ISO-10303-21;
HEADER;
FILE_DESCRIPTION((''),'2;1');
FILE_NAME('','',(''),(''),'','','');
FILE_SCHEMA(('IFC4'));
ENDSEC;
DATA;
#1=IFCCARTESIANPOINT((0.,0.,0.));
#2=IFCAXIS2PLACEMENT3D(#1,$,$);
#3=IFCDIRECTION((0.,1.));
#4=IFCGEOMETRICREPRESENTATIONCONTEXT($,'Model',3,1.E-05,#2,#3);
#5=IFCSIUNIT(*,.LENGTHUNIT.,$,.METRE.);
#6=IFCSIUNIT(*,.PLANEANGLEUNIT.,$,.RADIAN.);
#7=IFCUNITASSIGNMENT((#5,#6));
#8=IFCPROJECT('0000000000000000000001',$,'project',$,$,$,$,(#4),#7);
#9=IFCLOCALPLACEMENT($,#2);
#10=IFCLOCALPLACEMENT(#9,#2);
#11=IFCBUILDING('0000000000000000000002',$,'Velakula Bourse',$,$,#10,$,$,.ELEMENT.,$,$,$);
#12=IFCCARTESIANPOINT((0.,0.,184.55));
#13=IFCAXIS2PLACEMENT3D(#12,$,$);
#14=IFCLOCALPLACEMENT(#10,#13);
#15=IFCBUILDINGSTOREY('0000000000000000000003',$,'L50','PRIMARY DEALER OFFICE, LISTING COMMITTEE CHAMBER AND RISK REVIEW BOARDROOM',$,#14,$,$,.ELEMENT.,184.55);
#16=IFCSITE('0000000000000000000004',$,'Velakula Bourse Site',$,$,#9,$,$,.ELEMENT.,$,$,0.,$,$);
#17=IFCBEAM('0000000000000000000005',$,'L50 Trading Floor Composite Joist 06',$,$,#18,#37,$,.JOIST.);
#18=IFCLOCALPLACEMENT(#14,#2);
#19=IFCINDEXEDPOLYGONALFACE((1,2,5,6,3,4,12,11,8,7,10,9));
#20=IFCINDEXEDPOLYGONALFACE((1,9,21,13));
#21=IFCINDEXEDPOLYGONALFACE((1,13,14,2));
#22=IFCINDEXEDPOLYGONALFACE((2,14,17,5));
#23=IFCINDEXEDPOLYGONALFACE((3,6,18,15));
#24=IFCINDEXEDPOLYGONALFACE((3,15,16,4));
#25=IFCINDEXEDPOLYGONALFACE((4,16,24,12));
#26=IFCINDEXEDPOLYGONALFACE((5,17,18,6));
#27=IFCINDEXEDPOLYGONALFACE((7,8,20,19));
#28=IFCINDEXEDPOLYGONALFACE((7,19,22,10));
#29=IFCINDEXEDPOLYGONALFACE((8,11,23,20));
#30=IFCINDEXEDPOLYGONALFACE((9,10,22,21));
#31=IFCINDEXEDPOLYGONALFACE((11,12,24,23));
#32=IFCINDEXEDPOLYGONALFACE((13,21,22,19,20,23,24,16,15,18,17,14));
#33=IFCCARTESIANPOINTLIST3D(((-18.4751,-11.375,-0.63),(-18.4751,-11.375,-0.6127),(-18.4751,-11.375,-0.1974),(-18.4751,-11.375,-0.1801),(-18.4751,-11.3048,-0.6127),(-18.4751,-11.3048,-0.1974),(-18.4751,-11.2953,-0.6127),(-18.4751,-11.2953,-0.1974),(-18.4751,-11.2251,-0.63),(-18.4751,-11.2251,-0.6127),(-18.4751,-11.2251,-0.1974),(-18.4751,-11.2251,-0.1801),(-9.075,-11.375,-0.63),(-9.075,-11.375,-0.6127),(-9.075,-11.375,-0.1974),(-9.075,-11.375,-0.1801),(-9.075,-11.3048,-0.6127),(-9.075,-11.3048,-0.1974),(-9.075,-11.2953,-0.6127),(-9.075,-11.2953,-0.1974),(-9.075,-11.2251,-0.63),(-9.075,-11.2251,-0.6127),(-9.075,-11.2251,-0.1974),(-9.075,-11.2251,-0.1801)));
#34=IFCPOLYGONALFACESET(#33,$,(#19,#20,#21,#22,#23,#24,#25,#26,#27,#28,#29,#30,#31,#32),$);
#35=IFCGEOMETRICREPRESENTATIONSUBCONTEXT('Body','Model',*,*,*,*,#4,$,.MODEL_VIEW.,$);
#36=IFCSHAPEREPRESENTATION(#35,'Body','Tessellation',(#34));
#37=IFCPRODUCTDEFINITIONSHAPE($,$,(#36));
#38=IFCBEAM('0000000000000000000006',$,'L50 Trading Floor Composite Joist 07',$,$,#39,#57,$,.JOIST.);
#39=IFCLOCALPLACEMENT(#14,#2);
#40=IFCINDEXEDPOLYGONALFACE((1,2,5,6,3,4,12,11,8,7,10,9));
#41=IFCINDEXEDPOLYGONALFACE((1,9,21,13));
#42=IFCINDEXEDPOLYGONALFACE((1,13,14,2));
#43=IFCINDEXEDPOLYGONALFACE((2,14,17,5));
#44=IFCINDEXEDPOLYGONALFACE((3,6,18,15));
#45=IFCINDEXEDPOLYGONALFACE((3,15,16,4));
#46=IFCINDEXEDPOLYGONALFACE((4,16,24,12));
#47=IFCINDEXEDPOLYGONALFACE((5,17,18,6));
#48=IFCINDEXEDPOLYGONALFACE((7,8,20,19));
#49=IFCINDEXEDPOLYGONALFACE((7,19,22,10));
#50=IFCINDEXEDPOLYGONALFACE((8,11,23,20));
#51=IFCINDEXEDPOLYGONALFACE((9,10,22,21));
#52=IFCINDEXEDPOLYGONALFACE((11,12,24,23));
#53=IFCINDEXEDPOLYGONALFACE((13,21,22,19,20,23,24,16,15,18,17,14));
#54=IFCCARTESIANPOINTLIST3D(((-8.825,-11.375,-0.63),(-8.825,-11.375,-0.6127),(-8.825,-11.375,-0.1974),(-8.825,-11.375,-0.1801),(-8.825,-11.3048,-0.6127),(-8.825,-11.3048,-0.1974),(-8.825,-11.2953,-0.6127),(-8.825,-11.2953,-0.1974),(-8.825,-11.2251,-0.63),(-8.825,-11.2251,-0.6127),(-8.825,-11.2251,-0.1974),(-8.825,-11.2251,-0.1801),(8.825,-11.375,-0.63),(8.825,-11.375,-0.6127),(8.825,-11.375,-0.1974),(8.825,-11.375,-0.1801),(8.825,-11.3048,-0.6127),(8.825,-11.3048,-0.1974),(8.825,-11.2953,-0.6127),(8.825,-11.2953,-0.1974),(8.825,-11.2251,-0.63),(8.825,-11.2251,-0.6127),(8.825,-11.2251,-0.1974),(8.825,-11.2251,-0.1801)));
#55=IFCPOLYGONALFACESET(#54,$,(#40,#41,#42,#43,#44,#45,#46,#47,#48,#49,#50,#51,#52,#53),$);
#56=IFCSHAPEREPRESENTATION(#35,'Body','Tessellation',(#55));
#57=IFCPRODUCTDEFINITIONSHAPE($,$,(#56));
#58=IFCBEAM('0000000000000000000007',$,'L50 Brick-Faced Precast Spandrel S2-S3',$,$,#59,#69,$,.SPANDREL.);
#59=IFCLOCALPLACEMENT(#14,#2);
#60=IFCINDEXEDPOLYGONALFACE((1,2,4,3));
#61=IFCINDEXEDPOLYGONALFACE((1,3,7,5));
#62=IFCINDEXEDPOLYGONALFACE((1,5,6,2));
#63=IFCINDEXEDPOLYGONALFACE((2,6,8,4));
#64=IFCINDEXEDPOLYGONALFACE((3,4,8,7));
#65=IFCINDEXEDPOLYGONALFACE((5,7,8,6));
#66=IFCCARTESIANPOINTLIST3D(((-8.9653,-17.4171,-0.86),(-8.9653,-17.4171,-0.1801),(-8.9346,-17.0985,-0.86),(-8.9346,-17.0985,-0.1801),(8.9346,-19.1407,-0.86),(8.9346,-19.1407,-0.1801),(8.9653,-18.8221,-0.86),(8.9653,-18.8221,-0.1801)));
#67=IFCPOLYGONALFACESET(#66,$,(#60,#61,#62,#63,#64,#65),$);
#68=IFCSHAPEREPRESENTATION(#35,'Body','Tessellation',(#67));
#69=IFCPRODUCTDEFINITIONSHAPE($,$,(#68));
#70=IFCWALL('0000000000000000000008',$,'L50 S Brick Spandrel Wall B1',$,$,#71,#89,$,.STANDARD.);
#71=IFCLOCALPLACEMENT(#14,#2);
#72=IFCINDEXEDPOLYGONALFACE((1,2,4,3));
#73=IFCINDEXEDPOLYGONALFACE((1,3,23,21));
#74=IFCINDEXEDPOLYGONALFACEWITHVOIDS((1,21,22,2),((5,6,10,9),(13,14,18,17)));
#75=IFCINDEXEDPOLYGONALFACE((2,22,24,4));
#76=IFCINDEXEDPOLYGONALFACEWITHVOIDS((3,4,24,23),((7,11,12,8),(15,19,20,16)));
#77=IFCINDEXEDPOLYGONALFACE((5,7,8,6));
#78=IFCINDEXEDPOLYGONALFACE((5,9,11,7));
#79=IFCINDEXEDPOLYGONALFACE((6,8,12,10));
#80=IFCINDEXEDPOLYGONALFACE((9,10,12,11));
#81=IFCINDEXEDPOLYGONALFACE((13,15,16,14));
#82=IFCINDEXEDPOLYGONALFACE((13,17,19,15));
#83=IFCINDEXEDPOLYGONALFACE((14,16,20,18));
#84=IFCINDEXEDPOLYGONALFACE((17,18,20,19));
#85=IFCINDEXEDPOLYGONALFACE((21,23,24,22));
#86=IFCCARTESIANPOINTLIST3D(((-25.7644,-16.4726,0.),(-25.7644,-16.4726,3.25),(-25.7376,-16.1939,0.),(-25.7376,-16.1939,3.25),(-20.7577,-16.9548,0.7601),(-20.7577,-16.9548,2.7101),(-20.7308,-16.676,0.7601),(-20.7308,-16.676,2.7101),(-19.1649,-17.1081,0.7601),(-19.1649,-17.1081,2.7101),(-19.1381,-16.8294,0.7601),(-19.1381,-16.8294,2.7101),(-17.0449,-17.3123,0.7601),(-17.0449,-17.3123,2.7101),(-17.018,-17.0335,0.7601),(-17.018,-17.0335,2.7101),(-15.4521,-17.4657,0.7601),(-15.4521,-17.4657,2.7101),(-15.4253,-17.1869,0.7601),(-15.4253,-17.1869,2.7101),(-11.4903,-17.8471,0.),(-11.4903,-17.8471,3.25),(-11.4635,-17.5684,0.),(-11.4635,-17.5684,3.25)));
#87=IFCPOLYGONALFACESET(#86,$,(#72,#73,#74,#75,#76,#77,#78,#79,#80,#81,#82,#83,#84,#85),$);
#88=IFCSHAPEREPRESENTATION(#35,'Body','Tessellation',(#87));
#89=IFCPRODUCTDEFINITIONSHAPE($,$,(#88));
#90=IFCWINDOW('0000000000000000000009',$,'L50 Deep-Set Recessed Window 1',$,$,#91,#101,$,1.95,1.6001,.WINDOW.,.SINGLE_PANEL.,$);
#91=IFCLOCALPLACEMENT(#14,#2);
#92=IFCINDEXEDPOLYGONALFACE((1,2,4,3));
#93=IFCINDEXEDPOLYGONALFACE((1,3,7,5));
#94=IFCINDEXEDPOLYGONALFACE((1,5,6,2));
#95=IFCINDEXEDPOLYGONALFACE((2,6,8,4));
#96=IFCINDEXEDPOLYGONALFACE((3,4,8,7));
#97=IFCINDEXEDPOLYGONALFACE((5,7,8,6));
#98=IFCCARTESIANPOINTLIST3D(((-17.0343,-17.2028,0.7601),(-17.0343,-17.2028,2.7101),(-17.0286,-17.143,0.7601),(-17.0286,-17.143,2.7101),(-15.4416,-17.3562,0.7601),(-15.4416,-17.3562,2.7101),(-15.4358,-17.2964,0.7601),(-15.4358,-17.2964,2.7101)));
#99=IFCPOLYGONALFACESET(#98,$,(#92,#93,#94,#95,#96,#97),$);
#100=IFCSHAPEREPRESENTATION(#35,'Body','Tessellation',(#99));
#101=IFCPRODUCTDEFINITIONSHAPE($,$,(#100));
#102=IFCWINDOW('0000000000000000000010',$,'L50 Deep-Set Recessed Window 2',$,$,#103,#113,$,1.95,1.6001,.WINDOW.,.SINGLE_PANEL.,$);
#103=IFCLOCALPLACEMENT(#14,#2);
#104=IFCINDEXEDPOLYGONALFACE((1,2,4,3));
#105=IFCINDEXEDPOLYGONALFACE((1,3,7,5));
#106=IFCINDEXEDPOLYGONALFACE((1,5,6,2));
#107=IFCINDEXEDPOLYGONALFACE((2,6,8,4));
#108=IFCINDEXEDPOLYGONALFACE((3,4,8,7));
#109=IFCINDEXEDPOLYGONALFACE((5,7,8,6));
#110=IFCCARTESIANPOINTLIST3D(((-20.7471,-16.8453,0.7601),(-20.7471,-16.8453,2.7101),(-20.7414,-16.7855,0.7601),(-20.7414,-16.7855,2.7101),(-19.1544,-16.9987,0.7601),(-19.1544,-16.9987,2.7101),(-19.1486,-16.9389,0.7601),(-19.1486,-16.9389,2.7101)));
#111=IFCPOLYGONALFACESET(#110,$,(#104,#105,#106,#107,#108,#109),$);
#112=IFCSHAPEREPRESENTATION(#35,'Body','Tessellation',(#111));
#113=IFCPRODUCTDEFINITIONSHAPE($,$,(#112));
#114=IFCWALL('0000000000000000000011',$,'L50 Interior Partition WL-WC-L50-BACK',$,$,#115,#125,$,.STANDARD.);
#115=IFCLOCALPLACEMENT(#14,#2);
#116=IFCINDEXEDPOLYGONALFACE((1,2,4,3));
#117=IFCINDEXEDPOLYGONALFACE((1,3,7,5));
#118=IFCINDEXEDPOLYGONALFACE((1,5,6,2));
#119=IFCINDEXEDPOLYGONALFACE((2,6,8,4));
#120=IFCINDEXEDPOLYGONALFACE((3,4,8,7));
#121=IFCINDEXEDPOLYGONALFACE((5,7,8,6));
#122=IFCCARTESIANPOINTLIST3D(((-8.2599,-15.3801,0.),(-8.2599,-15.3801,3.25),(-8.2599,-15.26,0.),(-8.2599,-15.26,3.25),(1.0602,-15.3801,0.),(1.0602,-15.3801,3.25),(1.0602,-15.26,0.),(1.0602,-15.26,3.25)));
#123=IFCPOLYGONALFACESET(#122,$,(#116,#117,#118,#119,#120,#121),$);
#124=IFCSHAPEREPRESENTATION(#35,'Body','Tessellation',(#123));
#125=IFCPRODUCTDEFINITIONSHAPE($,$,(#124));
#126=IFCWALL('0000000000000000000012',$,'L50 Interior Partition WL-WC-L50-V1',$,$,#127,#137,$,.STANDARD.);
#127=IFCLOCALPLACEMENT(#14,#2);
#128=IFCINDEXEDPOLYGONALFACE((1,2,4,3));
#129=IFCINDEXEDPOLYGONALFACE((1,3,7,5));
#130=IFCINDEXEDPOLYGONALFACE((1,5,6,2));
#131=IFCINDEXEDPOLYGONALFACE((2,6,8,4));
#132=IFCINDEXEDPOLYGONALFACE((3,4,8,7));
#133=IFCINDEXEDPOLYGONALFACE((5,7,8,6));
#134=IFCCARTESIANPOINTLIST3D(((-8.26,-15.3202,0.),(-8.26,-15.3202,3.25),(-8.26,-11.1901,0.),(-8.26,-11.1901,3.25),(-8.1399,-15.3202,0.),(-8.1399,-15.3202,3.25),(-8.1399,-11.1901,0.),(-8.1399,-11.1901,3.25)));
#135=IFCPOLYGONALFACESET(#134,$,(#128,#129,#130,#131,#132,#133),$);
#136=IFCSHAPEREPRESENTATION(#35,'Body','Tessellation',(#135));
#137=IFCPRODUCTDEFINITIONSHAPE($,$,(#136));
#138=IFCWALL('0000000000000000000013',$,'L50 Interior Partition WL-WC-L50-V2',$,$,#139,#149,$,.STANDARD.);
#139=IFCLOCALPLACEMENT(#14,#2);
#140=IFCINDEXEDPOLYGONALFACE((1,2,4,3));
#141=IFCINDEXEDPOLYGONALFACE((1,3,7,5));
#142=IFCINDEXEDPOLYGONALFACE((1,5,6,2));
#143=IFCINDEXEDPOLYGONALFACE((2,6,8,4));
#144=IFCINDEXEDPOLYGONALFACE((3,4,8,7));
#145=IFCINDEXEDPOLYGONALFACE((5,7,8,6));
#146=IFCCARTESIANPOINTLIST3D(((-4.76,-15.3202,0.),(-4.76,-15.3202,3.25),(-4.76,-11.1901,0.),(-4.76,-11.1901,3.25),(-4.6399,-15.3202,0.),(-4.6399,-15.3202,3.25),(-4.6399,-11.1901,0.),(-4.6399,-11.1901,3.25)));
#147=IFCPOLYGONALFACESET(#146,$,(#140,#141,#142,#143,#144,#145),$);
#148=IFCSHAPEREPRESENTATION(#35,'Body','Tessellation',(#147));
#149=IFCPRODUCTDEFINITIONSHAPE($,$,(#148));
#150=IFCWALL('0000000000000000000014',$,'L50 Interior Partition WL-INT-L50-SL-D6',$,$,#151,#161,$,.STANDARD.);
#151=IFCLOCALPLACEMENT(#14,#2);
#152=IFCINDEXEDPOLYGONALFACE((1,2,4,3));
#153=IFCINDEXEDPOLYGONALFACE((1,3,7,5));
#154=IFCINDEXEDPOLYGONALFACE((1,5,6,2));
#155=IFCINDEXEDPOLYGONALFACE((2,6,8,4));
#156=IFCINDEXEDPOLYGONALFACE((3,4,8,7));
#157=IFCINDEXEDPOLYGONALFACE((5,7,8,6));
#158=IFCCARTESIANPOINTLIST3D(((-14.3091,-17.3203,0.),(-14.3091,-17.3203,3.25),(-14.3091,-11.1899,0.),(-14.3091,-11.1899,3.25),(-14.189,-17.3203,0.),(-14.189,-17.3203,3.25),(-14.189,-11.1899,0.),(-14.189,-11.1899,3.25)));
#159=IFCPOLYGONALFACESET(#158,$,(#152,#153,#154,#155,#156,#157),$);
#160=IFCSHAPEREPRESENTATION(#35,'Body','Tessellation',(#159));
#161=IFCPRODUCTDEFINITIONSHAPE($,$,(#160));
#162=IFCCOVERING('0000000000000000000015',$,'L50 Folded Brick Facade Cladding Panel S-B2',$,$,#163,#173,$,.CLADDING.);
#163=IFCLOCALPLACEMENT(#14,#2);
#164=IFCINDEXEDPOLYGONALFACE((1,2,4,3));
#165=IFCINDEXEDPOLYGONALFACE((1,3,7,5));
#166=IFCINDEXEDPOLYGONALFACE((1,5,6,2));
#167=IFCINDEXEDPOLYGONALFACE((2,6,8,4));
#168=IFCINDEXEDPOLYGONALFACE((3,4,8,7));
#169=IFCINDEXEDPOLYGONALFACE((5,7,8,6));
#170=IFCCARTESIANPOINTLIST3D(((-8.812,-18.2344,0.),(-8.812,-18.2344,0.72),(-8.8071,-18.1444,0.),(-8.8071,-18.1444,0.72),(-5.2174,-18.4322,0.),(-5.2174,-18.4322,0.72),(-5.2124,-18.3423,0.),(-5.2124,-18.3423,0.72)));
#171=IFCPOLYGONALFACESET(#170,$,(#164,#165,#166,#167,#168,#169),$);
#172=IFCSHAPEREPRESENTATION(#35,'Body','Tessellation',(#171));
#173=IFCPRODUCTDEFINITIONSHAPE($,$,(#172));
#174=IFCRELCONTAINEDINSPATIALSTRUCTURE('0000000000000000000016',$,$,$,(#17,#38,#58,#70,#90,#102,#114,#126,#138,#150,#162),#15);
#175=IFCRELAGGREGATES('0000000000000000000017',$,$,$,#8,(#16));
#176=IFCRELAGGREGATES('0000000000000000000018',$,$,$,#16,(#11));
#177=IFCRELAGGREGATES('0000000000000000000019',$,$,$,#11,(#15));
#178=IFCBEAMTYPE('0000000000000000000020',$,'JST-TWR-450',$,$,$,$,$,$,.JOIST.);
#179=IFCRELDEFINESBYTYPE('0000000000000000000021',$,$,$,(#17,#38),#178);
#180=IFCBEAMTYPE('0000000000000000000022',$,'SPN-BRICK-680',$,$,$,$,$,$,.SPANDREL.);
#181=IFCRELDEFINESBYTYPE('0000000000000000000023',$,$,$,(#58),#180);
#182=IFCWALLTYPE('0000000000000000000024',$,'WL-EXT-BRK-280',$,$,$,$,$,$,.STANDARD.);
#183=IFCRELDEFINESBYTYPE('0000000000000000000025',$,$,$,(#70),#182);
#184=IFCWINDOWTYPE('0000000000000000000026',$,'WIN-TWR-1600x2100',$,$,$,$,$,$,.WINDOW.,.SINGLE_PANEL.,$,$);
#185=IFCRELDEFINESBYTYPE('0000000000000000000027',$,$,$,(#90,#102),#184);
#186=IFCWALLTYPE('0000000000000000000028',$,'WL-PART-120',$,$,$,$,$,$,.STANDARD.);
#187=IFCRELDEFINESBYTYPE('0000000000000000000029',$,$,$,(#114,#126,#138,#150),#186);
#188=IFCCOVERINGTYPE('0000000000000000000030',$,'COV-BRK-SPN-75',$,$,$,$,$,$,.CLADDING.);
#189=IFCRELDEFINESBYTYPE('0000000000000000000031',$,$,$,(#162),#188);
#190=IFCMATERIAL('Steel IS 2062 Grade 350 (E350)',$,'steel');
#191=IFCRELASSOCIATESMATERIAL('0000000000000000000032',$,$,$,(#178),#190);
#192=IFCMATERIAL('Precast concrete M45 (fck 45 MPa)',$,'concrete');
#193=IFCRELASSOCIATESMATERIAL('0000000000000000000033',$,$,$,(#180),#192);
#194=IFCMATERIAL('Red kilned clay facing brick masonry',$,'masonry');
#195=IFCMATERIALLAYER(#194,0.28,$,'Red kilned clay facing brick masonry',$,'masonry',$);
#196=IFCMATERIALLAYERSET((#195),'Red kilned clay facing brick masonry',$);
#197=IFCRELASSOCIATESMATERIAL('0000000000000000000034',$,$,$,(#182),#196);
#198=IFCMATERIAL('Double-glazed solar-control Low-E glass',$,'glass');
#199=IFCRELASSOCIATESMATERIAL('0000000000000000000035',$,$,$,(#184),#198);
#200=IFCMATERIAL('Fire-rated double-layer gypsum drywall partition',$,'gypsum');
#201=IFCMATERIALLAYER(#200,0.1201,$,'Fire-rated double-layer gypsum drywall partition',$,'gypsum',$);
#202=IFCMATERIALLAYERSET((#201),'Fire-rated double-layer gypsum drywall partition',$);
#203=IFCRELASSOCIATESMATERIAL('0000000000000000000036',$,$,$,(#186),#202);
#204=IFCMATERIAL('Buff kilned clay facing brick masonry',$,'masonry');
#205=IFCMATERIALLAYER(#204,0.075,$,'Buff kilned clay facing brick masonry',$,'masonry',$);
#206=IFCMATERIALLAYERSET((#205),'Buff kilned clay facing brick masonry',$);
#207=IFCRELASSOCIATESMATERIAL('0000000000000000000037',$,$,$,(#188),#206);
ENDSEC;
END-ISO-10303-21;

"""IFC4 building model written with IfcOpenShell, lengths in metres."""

from ifc_helpers import new_model, si_unit, direction, frame, frame_2d, origin, origin_2d, place, context, subcontext, project, spatial, rectangle, i_section, extrude, material, layer, layer_set, material_profile, profile_set, type_object, element, fill, save


model = new_model("IFC4")

# Units and contexts
model_context = context("Model", 3, precision=1e-05, world=origin(), true_north=direction((0.0, 1.0)))
body_context = subcontext(model_context, "Body", "Model", "MODEL_VIEW")
ifc_project = project(units=[si_unit("LENGTHUNIT", "METRE"), si_unit("PLANEANGLEUNIT", "RADIAN")], contexts=[model_context])

# Site, building, storey
site_placement = place(None, origin())
site = spatial("IfcSite", under=ifc_project, at=site_placement, Name="Velakula Bourse Site", CompositionType="ELEMENT", RefElevation=0.0)
building_placement = place(site_placement, origin())
building = spatial("IfcBuilding", under=site, at=building_placement, Name="Velakula Bourse", CompositionType="ELEMENT")
storey_placement = place(building_placement, frame((0.0, 0.0, 184.55)))
storey = spatial("IfcBuildingStorey", under=building, at=storey_placement, Name="L50", Description="PRIMARY DEALER OFFICE, LISTING COMMITTEE CHAMBER AND RISK REVIEW BOARDROOM", CompositionType="ELEMENT", Elevation=184.55)

# Shared definitions
ifc_material_1 = material(Name="Steel IS 2062 Grade 350 (E350)", Category="steel")

# Beams
ifc_material_profile_1 = material_profile(ifc_material_1, i_section(OverallWidth=0.1499, OverallDepth=0.45, WebThickness=0.0095, FlangeThickness=0.0173, at=origin_2d()), Name="Steel IS 2062 Grade 350 (E350)")
ifc_profile_set_1 = profile_set([ifc_material_profile_1], Name="Steel IS 2062 Grade 350 (E350)")
beam_type_1 = type_object("IfcBeamType", Name="JST-TWR-450", PredefinedType="JOIST", material=ifc_profile_set_1)
beam_1_placement = place(storey_placement, frame((-18.4751, -11.3, -0.405), z_axis=(1.0, 0.0, 0.0), x_axis=(0.0, 1.0, 0.0)))
element("IfcBeam", 1, at=beam_1_placement, inside=storey, type_object=beam_type_1, Name="L50 Trading Floor Composite Joist 06", PredefinedType="JOIST", context=body_context, shape_type="SweptSolid", body=[
    extrude(i_section(OverallWidth=0.1499, OverallDepth=0.45, WebThickness=0.0095, FlangeThickness=0.0173, at=origin_2d()), origin(), (0.0, 0.0, 1.0), 9.4001),
])
beam_2_placement = place(storey_placement, frame((-8.825, -11.3, -0.405), z_axis=(1.0, 0.0, 0.0), x_axis=(0.0, 1.0, 0.0)))
element("IfcBeam", 2, at=beam_2_placement, inside=storey, type_object=beam_type_1, Name="L50 Trading Floor Composite Joist 07", PredefinedType="JOIST", context=body_context, shape_type="SweptSolid", body=[
    extrude(i_section(OverallWidth=0.1499, OverallDepth=0.45, WebThickness=0.0095, FlangeThickness=0.0173, at=origin_2d()), origin(), (0.0, 0.0, 1.0), 17.6499),
])
ifc_material_2 = material(Name="Precast concrete M45 (fck 45 MPa)", Category="concrete")
ifc_material_profile_2 = material_profile(ifc_material_2, rectangle(XDim=0.3201, YDim=0.6799, at=origin_2d()), Name="Precast concrete M45 (fck 45 MPa)")
ifc_profile_set_2 = profile_set([ifc_material_profile_2], Name="Precast concrete M45 (fck 45 MPa)")
beam_type_2 = type_object("IfcBeamType", Name="SPN-BRICK-680", PredefinedType="SPANDREL", material=ifc_profile_set_2)
beam_3_placement = place(storey_placement, frame((-8.95, -17.2578, -0.52), z_axis=(0.995396, -0.09585, 0.0), x_axis=(0.09585, 0.995396, 0.0)))
element("IfcBeam", 3, at=beam_3_placement, inside=storey, type_object=beam_type_2, Name="L50 Brick-Faced Precast Spandrel S2-S3", PredefinedType="SPANDREL", context=body_context, shape_type="SweptSolid", body=[
    extrude(rectangle(XDim=0.3201, YDim=0.6799, at=origin_2d()), origin(), (0.0, 0.0, 1.0), 17.9827),
])

# Wall, openings, windows
ifc_material_3 = material(Name="Red kilned clay facing brick masonry", Category="masonry")
ifc_layer_1 = layer(ifc_material_3, 0.28, Name="Red kilned clay facing brick masonry", Category="masonry")
ifc_layer_set_1 = layer_set([ifc_layer_1], Name="Red kilned clay facing brick masonry")
wall_type_1 = type_object("IfcWallType", Name="WL-EXT-BRK-280", PredefinedType="STANDARD", material=ifc_layer_set_1)
wall_1_placement = place(storey_placement, frame((-11.4771, -17.7078, 0.0), z_axis=(0.0, 0.0, 1.0), x_axis=(-0.995396, 0.09585, 0.0)))
wall_1 = element("IfcWall", 4, at=wall_1_placement, inside=storey, type_object=wall_type_1, Name="L50 S Brick Spandrel Wall B1", PredefinedType="STANDARD", context=body_context, shape_type="SweptSolid", body=[
    extrude(rectangle(XDim=14.3401, YDim=0.28, at=frame_2d((7.1699, 0.0))), origin(), (0.0, 0.0, 1.0), 3.25),
])
opening_1_placement = place(wall_1_placement, frame((3.98, 0.0, 0.76)))
opening_1 = element("IfcOpeningElement", 5, at=opening_1_placement, cuts=wall_1, PredefinedType="OPENING", context=body_context, shape_type="SweptSolid", body=[
    extrude(rectangle(XDim=1.6001, YDim=1.95, at=frame_2d((0.8, 0.9751))), frame((0.0, 0.1499, 0.0), z_axis=(0.0, -1.0, 0.0), x_axis=(1.0, 0.0, 0.0)), (0.0, 0.0, 1.0), 0.3),
])
opening_2_placement = place(wall_1_placement, frame((7.71, 0.0, 0.76)))
opening_2 = element("IfcOpeningElement", 6, at=opening_2_placement, cuts=wall_1, PredefinedType="OPENING", context=body_context, shape_type="SweptSolid", body=[
    extrude(rectangle(XDim=1.6001, YDim=1.95, at=frame_2d((0.8, 0.9751))), frame((0.0, 0.1499, 0.0), z_axis=(0.0, -1.0, 0.0), x_axis=(1.0, 0.0, 0.0)), (0.0, 0.0, 1.0), 0.3),
])
ifc_material_4 = material(Name="Double-glazed solar-control Low-E glass", Category="glass")
window_type = type_object("IfcWindowType", Name="WIN-TWR-1600x2100", PartitioningType="SINGLE_PANEL", PredefinedType="WINDOW", material=ifc_material_4)
window_1_placement = place(opening_1_placement, origin())
window_1 = element("IfcWindow", 7, at=window_1_placement, inside=storey, type_object=window_type, Name="L50 Deep-Set Recessed Window 1", OverallHeight=1.95, OverallWidth=1.6001, PartitioningType="SINGLE_PANEL", PredefinedType="WINDOW", context=body_context, shape_type="SweptSolid", body=[
    extrude(rectangle(XDim=1.6001, YDim=1.95, at=frame_2d((0.8, 0.9751))), frame((0.0, 0.03, 0.0), z_axis=(0.0, -1.0, 0.0), x_axis=(1.0, 0.0, 0.0)), (0.0, 0.0, 1.0), 0.0601),
])
fill(opening_1, window_1)
window_2_placement = place(opening_2_placement, origin())
window_2 = element("IfcWindow", 8, at=window_2_placement, inside=storey, type_object=window_type, Name="L50 Deep-Set Recessed Window 2", OverallHeight=1.95, OverallWidth=1.6001, PartitioningType="SINGLE_PANEL", PredefinedType="WINDOW", context=body_context, shape_type="SweptSolid", body=[
    extrude(rectangle(XDim=1.6001, YDim=1.95, at=frame_2d((0.8, 0.9751))), frame((0.0, 0.03, 0.0), z_axis=(0.0, -1.0, 0.0), x_axis=(1.0, 0.0, 0.0)), (0.0, 0.0, 1.0), 0.0601),
])
fill(opening_2, window_2)

# Walls
ifc_material_5 = material(Name="Fire-rated double-layer gypsum drywall partition", Category="gypsum")
ifc_layer_2 = layer(ifc_material_5, 0.1201, Name="Fire-rated double-layer gypsum drywall partition", Category="gypsum")
ifc_layer_set_2 = layer_set([ifc_layer_2], Name="Fire-rated double-layer gypsum drywall partition")
wall_type_2 = type_object("IfcWallType", Name="WL-PART-120", PredefinedType="STANDARD", material=ifc_layer_set_2)
wall_2_placement = place(storey_placement, frame((-8.26, -15.3201, 0.0), z_axis=(0.0, 0.0, 1.0), x_axis=(1.0, 0.0, 0.0)))
element("IfcWall", 9, at=wall_2_placement, inside=storey, type_object=wall_type_2, Name="L50 Interior Partition WL-WC-L50-BACK", PredefinedType="STANDARD", context=body_context, shape_type="SweptSolid", body=[
    extrude(rectangle(XDim=9.3201, YDim=0.1201, at=frame_2d((4.6602, 0.0))), origin(), (0.0, 0.0, 1.0), 3.25),
])
for number, where, z_axis, x_axis, name in (
    (10, (-8.2, -15.3201, 0.0), (0.0, 0.0, 1.0), (0.0, 1.0, 0.0), "L50 Interior Partition WL-WC-L50-V1"),
    (11, (-4.7, -15.3201, 0.0), (0.0, 0.0, 1.0), (0.0, 1.0, 0.0), "L50 Interior Partition WL-WC-L50-V2"),
):
    element("IfcWall", number, at=place(storey_placement, frame(where, z_axis=z_axis, x_axis=x_axis)), inside=storey, type_object=wall_type_2, Name=name, PredefinedType="STANDARD", context=body_context, shape_type="SweptSolid", body=[
        extrude(rectangle(XDim=4.1301, YDim=0.1201, at=frame_2d((2.0649, 0.0))), origin(), (0.0, 0.0, 1.0), 3.25),
    ])
wall_3_placement = place(storey_placement, frame((-14.249, -17.3203, 0.0), z_axis=(0.0, 0.0, 1.0), x_axis=(0.0, 1.0, 0.0)))
element("IfcWall", 12, at=wall_3_placement, inside=storey, type_object=wall_type_2, Name="L50 Interior Partition WL-INT-L50-SL-D6", PredefinedType="STANDARD", context=body_context, shape_type="SweptSolid", body=[
    extrude(rectangle(XDim=6.1304, YDim=0.1201, at=frame_2d((3.0652, 0.0))), origin(), (0.0, 0.0, 1.0), 3.25),
])

# Covering
ifc_material_6 = material(Name="Buff kilned clay facing brick masonry", Category="masonry")
ifc_layer_3 = layer(ifc_material_6, 0.075, Name="Buff kilned clay facing brick masonry", Category="masonry")
ifc_layer_set_3 = layer_set([ifc_layer_3], Name="Buff kilned clay facing brick masonry")
covering_type = type_object("IfcCoveringType", Name="COV-BRK-SPN-75", PredefinedType="CLADDING", material=ifc_layer_set_3)
covering_placement = place(storey_placement, frame((-7.0122, -18.2883, 0.0), z_axis=(0.0, 0.0, 1.0), x_axis=(0.998489, -0.05495, 0.0)))
element("IfcCovering", 13, at=covering_placement, inside=storey, type_object=covering_type, Name="L50 Folded Brick Facade Cladding Panel S-B2", PredefinedType="CLADDING", context=body_context, shape_type="SweptSolid", body=[
    extrude(rectangle(XDim=3.6001, YDim=0.0901, at=origin_2d()), origin(), (0.0, 0.0, 1.0), 0.72),
])

save(model, "model.ifc")
